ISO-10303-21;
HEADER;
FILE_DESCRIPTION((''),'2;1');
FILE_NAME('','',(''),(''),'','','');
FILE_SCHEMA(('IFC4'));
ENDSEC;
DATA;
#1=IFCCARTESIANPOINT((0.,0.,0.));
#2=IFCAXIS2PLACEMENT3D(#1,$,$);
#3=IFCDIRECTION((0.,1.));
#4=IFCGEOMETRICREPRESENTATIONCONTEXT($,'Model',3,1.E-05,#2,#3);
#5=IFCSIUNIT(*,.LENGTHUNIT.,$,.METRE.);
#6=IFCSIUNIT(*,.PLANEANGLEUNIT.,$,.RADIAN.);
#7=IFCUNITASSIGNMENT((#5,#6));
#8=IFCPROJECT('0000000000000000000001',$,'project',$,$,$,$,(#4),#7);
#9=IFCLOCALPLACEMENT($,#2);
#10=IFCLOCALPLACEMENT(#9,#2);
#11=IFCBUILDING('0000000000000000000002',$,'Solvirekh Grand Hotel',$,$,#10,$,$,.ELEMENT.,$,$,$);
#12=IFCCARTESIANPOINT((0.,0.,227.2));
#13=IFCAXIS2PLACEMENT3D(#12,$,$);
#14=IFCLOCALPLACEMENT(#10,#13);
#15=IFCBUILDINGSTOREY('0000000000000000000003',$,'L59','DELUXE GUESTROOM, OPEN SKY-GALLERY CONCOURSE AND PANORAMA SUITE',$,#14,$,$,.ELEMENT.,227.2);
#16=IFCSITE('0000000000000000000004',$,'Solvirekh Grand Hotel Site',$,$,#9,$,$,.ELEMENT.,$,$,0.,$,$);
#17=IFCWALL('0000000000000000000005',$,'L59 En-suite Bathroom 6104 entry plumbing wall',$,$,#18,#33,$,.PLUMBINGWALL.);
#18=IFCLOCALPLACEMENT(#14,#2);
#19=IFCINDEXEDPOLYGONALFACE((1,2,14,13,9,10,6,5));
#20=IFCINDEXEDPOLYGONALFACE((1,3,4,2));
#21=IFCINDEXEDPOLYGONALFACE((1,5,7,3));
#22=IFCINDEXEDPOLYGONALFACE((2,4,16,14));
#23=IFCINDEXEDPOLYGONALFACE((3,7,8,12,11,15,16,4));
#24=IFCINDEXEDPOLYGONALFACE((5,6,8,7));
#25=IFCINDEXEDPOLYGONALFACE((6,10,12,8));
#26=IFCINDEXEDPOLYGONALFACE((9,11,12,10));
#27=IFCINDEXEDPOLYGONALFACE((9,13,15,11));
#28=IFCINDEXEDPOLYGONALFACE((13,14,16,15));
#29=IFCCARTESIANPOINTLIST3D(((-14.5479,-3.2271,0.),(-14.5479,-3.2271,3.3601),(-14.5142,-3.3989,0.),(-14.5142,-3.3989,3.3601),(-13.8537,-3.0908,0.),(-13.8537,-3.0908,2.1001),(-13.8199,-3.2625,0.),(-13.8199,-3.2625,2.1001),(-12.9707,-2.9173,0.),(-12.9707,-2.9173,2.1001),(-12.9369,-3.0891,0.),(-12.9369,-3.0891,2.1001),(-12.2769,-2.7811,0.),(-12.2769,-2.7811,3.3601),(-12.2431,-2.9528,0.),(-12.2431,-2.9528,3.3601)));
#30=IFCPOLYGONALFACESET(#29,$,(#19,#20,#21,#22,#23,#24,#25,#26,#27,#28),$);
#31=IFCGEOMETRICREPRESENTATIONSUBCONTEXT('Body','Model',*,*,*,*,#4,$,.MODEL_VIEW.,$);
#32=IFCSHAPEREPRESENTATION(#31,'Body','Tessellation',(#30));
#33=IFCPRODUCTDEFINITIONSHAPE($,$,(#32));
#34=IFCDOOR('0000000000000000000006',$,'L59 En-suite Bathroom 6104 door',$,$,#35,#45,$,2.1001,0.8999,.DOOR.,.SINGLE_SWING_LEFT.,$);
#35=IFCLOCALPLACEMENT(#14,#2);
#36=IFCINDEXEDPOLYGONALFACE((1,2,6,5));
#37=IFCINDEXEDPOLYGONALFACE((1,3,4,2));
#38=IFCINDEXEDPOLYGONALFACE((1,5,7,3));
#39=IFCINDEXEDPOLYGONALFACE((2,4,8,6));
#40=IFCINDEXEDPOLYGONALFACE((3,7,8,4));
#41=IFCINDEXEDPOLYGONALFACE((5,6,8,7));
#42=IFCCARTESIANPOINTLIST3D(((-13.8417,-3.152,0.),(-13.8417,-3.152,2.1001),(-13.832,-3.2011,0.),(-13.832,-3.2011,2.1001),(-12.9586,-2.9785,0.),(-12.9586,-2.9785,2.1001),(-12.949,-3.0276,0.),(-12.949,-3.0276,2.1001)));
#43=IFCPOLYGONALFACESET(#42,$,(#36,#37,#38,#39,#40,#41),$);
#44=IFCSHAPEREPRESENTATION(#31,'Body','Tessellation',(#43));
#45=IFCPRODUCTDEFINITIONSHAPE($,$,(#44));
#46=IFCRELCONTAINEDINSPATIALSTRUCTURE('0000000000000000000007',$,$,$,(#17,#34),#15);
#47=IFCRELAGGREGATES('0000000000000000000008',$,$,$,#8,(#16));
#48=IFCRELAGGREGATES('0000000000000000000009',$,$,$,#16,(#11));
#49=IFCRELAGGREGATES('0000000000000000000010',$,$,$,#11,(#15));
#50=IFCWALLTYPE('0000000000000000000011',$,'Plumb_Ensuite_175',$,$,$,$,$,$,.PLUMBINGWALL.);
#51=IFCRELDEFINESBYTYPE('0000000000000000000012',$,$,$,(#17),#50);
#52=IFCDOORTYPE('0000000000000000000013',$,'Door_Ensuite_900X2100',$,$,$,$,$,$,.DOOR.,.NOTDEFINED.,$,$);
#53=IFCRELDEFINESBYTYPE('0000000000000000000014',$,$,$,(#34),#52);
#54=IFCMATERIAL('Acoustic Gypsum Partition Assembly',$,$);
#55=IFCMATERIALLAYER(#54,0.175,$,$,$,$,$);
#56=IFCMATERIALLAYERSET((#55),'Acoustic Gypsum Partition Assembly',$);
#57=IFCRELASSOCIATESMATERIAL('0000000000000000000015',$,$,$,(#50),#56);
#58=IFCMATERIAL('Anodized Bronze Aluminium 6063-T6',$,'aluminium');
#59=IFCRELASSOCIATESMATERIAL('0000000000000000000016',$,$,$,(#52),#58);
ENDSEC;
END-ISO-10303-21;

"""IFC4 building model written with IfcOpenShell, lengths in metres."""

from ifc_helpers import new_model, si_unit, direction, frame, frame_2d, origin, place, context, subcontext, project, spatial, rectangle, extrude, material, layer, layer_set, type_object, element, fill, save


model = new_model("IFC4")

# Units and contexts
model_context = context("Model", 3, precision=1e-05, world=origin(), true_north=direction((0.0, 1.0)))
body_context = subcontext(model_context, "Body", "Model", "MODEL_VIEW")
ifc_project = project(units=[si_unit("LENGTHUNIT", "METRE"), si_unit("PLANEANGLEUNIT", "RADIAN")], contexts=[model_context])

# Site, building, storey
site_placement = place(None, origin())
site = spatial("IfcSite", under=ifc_project, at=site_placement, Name="Solvirekh Grand Hotel Site", CompositionType="ELEMENT", RefElevation=0.0)
building_placement = place(site_placement, origin())
building = spatial("IfcBuilding", under=site, at=building_placement, Name="Solvirekh Grand Hotel", CompositionType="ELEMENT")
storey_placement = place(building_placement, frame((0.0, 0.0, 227.2)))
storey = spatial("IfcBuildingStorey", under=building, at=storey_placement, Name="L59", Description="DELUXE GUESTROOM, OPEN SKY-GALLERY CONCOURSE AND PANORAMA SUITE", CompositionType="ELEMENT", Elevation=227.2)

# Shared definitions
ifc_material_1 = material(Name="Anodized Bronze Aluminium 6063-T6", Category="aluminium")

# Shared definitions
ifc_material_2 = material(Name="Acoustic Gypsum Partition Assembly")

# Shared definitions
ifc_layer_1 = layer(ifc_material_2, 0.175)
ifc_layer_set_1 = layer_set([ifc_layer_1], Name="Acoustic Gypsum Partition Assembly")
wall_type_1 = type_object("IfcWallType", Name="Plumb_Ensuite_175", PredefinedType="PLUMBINGWALL", material=ifc_layer_set_1)

# Wall, opening, door
wall_1_placement = place(storey_placement, frame((-12.26, -2.8669, 0.0), z_axis=(0.0, 0.0, 1.0), x_axis=(-0.981252, -0.192727, 0.0)))
wall_1 = element("IfcWall", 1, at=wall_1_placement, inside=storey, type_object=wall_type_1, Name="L59 En-suite Bathroom 6104 entry plumbing wall", PredefinedType="PLUMBINGWALL", context=body_context, shape_type="SweptSolid", body=[
    extrude(rectangle(XDim=2.3145, YDim=0.175, at=frame_2d((1.1572, 0.0))), origin(), (0.0, 0.0, 1.0), 3.3601),
])
opening_1_placement = place(wall_1_placement, frame((0.707, 0.0, 0.0)))
opening_1 = element("IfcOpeningElement", 2, at=opening_1_placement, cuts=wall_1, PredefinedType="OPENING", context=body_context, shape_type="SweptSolid", body=[
    extrude(rectangle(XDim=0.8999, YDim=2.1001, at=frame_2d((0.45, 1.05))), frame((0.0, 0.0977, 0.0), z_axis=(0.0, -1.0, 0.0), x_axis=(1.0, 0.0, 0.0)), (0.0, 0.0, 1.0), 0.1951),
])
door_type_1 = type_object("IfcDoorType", Name="Door_Ensuite_900X2100", OperationType="NOTDEFINED", PredefinedType="DOOR", material=ifc_material_1)
door_1_placement = place(opening_1_placement, origin())
door_1 = element("IfcDoor", 3, at=door_1_placement, inside=storey, type_object=door_type_1, Name="L59 En-suite Bathroom 6104 door", OperationType="SINGLE_SWING_LEFT", OverallHeight=2.1001, OverallWidth=0.8999, PredefinedType="DOOR", context=body_context, shape_type="SweptSolid", body=[
    extrude(rectangle(XDim=0.8999, YDim=2.1001, at=frame_2d((0.45, 1.05))), frame((0.0, 0.0249, 0.0), z_axis=(0.0, -1.0, 0.0), x_axis=(1.0, 0.0, 0.0)), (0.0, 0.0, 1.0), 0.05),
])
fill(opening_1, door_1)

save(model, "model.ifc")
